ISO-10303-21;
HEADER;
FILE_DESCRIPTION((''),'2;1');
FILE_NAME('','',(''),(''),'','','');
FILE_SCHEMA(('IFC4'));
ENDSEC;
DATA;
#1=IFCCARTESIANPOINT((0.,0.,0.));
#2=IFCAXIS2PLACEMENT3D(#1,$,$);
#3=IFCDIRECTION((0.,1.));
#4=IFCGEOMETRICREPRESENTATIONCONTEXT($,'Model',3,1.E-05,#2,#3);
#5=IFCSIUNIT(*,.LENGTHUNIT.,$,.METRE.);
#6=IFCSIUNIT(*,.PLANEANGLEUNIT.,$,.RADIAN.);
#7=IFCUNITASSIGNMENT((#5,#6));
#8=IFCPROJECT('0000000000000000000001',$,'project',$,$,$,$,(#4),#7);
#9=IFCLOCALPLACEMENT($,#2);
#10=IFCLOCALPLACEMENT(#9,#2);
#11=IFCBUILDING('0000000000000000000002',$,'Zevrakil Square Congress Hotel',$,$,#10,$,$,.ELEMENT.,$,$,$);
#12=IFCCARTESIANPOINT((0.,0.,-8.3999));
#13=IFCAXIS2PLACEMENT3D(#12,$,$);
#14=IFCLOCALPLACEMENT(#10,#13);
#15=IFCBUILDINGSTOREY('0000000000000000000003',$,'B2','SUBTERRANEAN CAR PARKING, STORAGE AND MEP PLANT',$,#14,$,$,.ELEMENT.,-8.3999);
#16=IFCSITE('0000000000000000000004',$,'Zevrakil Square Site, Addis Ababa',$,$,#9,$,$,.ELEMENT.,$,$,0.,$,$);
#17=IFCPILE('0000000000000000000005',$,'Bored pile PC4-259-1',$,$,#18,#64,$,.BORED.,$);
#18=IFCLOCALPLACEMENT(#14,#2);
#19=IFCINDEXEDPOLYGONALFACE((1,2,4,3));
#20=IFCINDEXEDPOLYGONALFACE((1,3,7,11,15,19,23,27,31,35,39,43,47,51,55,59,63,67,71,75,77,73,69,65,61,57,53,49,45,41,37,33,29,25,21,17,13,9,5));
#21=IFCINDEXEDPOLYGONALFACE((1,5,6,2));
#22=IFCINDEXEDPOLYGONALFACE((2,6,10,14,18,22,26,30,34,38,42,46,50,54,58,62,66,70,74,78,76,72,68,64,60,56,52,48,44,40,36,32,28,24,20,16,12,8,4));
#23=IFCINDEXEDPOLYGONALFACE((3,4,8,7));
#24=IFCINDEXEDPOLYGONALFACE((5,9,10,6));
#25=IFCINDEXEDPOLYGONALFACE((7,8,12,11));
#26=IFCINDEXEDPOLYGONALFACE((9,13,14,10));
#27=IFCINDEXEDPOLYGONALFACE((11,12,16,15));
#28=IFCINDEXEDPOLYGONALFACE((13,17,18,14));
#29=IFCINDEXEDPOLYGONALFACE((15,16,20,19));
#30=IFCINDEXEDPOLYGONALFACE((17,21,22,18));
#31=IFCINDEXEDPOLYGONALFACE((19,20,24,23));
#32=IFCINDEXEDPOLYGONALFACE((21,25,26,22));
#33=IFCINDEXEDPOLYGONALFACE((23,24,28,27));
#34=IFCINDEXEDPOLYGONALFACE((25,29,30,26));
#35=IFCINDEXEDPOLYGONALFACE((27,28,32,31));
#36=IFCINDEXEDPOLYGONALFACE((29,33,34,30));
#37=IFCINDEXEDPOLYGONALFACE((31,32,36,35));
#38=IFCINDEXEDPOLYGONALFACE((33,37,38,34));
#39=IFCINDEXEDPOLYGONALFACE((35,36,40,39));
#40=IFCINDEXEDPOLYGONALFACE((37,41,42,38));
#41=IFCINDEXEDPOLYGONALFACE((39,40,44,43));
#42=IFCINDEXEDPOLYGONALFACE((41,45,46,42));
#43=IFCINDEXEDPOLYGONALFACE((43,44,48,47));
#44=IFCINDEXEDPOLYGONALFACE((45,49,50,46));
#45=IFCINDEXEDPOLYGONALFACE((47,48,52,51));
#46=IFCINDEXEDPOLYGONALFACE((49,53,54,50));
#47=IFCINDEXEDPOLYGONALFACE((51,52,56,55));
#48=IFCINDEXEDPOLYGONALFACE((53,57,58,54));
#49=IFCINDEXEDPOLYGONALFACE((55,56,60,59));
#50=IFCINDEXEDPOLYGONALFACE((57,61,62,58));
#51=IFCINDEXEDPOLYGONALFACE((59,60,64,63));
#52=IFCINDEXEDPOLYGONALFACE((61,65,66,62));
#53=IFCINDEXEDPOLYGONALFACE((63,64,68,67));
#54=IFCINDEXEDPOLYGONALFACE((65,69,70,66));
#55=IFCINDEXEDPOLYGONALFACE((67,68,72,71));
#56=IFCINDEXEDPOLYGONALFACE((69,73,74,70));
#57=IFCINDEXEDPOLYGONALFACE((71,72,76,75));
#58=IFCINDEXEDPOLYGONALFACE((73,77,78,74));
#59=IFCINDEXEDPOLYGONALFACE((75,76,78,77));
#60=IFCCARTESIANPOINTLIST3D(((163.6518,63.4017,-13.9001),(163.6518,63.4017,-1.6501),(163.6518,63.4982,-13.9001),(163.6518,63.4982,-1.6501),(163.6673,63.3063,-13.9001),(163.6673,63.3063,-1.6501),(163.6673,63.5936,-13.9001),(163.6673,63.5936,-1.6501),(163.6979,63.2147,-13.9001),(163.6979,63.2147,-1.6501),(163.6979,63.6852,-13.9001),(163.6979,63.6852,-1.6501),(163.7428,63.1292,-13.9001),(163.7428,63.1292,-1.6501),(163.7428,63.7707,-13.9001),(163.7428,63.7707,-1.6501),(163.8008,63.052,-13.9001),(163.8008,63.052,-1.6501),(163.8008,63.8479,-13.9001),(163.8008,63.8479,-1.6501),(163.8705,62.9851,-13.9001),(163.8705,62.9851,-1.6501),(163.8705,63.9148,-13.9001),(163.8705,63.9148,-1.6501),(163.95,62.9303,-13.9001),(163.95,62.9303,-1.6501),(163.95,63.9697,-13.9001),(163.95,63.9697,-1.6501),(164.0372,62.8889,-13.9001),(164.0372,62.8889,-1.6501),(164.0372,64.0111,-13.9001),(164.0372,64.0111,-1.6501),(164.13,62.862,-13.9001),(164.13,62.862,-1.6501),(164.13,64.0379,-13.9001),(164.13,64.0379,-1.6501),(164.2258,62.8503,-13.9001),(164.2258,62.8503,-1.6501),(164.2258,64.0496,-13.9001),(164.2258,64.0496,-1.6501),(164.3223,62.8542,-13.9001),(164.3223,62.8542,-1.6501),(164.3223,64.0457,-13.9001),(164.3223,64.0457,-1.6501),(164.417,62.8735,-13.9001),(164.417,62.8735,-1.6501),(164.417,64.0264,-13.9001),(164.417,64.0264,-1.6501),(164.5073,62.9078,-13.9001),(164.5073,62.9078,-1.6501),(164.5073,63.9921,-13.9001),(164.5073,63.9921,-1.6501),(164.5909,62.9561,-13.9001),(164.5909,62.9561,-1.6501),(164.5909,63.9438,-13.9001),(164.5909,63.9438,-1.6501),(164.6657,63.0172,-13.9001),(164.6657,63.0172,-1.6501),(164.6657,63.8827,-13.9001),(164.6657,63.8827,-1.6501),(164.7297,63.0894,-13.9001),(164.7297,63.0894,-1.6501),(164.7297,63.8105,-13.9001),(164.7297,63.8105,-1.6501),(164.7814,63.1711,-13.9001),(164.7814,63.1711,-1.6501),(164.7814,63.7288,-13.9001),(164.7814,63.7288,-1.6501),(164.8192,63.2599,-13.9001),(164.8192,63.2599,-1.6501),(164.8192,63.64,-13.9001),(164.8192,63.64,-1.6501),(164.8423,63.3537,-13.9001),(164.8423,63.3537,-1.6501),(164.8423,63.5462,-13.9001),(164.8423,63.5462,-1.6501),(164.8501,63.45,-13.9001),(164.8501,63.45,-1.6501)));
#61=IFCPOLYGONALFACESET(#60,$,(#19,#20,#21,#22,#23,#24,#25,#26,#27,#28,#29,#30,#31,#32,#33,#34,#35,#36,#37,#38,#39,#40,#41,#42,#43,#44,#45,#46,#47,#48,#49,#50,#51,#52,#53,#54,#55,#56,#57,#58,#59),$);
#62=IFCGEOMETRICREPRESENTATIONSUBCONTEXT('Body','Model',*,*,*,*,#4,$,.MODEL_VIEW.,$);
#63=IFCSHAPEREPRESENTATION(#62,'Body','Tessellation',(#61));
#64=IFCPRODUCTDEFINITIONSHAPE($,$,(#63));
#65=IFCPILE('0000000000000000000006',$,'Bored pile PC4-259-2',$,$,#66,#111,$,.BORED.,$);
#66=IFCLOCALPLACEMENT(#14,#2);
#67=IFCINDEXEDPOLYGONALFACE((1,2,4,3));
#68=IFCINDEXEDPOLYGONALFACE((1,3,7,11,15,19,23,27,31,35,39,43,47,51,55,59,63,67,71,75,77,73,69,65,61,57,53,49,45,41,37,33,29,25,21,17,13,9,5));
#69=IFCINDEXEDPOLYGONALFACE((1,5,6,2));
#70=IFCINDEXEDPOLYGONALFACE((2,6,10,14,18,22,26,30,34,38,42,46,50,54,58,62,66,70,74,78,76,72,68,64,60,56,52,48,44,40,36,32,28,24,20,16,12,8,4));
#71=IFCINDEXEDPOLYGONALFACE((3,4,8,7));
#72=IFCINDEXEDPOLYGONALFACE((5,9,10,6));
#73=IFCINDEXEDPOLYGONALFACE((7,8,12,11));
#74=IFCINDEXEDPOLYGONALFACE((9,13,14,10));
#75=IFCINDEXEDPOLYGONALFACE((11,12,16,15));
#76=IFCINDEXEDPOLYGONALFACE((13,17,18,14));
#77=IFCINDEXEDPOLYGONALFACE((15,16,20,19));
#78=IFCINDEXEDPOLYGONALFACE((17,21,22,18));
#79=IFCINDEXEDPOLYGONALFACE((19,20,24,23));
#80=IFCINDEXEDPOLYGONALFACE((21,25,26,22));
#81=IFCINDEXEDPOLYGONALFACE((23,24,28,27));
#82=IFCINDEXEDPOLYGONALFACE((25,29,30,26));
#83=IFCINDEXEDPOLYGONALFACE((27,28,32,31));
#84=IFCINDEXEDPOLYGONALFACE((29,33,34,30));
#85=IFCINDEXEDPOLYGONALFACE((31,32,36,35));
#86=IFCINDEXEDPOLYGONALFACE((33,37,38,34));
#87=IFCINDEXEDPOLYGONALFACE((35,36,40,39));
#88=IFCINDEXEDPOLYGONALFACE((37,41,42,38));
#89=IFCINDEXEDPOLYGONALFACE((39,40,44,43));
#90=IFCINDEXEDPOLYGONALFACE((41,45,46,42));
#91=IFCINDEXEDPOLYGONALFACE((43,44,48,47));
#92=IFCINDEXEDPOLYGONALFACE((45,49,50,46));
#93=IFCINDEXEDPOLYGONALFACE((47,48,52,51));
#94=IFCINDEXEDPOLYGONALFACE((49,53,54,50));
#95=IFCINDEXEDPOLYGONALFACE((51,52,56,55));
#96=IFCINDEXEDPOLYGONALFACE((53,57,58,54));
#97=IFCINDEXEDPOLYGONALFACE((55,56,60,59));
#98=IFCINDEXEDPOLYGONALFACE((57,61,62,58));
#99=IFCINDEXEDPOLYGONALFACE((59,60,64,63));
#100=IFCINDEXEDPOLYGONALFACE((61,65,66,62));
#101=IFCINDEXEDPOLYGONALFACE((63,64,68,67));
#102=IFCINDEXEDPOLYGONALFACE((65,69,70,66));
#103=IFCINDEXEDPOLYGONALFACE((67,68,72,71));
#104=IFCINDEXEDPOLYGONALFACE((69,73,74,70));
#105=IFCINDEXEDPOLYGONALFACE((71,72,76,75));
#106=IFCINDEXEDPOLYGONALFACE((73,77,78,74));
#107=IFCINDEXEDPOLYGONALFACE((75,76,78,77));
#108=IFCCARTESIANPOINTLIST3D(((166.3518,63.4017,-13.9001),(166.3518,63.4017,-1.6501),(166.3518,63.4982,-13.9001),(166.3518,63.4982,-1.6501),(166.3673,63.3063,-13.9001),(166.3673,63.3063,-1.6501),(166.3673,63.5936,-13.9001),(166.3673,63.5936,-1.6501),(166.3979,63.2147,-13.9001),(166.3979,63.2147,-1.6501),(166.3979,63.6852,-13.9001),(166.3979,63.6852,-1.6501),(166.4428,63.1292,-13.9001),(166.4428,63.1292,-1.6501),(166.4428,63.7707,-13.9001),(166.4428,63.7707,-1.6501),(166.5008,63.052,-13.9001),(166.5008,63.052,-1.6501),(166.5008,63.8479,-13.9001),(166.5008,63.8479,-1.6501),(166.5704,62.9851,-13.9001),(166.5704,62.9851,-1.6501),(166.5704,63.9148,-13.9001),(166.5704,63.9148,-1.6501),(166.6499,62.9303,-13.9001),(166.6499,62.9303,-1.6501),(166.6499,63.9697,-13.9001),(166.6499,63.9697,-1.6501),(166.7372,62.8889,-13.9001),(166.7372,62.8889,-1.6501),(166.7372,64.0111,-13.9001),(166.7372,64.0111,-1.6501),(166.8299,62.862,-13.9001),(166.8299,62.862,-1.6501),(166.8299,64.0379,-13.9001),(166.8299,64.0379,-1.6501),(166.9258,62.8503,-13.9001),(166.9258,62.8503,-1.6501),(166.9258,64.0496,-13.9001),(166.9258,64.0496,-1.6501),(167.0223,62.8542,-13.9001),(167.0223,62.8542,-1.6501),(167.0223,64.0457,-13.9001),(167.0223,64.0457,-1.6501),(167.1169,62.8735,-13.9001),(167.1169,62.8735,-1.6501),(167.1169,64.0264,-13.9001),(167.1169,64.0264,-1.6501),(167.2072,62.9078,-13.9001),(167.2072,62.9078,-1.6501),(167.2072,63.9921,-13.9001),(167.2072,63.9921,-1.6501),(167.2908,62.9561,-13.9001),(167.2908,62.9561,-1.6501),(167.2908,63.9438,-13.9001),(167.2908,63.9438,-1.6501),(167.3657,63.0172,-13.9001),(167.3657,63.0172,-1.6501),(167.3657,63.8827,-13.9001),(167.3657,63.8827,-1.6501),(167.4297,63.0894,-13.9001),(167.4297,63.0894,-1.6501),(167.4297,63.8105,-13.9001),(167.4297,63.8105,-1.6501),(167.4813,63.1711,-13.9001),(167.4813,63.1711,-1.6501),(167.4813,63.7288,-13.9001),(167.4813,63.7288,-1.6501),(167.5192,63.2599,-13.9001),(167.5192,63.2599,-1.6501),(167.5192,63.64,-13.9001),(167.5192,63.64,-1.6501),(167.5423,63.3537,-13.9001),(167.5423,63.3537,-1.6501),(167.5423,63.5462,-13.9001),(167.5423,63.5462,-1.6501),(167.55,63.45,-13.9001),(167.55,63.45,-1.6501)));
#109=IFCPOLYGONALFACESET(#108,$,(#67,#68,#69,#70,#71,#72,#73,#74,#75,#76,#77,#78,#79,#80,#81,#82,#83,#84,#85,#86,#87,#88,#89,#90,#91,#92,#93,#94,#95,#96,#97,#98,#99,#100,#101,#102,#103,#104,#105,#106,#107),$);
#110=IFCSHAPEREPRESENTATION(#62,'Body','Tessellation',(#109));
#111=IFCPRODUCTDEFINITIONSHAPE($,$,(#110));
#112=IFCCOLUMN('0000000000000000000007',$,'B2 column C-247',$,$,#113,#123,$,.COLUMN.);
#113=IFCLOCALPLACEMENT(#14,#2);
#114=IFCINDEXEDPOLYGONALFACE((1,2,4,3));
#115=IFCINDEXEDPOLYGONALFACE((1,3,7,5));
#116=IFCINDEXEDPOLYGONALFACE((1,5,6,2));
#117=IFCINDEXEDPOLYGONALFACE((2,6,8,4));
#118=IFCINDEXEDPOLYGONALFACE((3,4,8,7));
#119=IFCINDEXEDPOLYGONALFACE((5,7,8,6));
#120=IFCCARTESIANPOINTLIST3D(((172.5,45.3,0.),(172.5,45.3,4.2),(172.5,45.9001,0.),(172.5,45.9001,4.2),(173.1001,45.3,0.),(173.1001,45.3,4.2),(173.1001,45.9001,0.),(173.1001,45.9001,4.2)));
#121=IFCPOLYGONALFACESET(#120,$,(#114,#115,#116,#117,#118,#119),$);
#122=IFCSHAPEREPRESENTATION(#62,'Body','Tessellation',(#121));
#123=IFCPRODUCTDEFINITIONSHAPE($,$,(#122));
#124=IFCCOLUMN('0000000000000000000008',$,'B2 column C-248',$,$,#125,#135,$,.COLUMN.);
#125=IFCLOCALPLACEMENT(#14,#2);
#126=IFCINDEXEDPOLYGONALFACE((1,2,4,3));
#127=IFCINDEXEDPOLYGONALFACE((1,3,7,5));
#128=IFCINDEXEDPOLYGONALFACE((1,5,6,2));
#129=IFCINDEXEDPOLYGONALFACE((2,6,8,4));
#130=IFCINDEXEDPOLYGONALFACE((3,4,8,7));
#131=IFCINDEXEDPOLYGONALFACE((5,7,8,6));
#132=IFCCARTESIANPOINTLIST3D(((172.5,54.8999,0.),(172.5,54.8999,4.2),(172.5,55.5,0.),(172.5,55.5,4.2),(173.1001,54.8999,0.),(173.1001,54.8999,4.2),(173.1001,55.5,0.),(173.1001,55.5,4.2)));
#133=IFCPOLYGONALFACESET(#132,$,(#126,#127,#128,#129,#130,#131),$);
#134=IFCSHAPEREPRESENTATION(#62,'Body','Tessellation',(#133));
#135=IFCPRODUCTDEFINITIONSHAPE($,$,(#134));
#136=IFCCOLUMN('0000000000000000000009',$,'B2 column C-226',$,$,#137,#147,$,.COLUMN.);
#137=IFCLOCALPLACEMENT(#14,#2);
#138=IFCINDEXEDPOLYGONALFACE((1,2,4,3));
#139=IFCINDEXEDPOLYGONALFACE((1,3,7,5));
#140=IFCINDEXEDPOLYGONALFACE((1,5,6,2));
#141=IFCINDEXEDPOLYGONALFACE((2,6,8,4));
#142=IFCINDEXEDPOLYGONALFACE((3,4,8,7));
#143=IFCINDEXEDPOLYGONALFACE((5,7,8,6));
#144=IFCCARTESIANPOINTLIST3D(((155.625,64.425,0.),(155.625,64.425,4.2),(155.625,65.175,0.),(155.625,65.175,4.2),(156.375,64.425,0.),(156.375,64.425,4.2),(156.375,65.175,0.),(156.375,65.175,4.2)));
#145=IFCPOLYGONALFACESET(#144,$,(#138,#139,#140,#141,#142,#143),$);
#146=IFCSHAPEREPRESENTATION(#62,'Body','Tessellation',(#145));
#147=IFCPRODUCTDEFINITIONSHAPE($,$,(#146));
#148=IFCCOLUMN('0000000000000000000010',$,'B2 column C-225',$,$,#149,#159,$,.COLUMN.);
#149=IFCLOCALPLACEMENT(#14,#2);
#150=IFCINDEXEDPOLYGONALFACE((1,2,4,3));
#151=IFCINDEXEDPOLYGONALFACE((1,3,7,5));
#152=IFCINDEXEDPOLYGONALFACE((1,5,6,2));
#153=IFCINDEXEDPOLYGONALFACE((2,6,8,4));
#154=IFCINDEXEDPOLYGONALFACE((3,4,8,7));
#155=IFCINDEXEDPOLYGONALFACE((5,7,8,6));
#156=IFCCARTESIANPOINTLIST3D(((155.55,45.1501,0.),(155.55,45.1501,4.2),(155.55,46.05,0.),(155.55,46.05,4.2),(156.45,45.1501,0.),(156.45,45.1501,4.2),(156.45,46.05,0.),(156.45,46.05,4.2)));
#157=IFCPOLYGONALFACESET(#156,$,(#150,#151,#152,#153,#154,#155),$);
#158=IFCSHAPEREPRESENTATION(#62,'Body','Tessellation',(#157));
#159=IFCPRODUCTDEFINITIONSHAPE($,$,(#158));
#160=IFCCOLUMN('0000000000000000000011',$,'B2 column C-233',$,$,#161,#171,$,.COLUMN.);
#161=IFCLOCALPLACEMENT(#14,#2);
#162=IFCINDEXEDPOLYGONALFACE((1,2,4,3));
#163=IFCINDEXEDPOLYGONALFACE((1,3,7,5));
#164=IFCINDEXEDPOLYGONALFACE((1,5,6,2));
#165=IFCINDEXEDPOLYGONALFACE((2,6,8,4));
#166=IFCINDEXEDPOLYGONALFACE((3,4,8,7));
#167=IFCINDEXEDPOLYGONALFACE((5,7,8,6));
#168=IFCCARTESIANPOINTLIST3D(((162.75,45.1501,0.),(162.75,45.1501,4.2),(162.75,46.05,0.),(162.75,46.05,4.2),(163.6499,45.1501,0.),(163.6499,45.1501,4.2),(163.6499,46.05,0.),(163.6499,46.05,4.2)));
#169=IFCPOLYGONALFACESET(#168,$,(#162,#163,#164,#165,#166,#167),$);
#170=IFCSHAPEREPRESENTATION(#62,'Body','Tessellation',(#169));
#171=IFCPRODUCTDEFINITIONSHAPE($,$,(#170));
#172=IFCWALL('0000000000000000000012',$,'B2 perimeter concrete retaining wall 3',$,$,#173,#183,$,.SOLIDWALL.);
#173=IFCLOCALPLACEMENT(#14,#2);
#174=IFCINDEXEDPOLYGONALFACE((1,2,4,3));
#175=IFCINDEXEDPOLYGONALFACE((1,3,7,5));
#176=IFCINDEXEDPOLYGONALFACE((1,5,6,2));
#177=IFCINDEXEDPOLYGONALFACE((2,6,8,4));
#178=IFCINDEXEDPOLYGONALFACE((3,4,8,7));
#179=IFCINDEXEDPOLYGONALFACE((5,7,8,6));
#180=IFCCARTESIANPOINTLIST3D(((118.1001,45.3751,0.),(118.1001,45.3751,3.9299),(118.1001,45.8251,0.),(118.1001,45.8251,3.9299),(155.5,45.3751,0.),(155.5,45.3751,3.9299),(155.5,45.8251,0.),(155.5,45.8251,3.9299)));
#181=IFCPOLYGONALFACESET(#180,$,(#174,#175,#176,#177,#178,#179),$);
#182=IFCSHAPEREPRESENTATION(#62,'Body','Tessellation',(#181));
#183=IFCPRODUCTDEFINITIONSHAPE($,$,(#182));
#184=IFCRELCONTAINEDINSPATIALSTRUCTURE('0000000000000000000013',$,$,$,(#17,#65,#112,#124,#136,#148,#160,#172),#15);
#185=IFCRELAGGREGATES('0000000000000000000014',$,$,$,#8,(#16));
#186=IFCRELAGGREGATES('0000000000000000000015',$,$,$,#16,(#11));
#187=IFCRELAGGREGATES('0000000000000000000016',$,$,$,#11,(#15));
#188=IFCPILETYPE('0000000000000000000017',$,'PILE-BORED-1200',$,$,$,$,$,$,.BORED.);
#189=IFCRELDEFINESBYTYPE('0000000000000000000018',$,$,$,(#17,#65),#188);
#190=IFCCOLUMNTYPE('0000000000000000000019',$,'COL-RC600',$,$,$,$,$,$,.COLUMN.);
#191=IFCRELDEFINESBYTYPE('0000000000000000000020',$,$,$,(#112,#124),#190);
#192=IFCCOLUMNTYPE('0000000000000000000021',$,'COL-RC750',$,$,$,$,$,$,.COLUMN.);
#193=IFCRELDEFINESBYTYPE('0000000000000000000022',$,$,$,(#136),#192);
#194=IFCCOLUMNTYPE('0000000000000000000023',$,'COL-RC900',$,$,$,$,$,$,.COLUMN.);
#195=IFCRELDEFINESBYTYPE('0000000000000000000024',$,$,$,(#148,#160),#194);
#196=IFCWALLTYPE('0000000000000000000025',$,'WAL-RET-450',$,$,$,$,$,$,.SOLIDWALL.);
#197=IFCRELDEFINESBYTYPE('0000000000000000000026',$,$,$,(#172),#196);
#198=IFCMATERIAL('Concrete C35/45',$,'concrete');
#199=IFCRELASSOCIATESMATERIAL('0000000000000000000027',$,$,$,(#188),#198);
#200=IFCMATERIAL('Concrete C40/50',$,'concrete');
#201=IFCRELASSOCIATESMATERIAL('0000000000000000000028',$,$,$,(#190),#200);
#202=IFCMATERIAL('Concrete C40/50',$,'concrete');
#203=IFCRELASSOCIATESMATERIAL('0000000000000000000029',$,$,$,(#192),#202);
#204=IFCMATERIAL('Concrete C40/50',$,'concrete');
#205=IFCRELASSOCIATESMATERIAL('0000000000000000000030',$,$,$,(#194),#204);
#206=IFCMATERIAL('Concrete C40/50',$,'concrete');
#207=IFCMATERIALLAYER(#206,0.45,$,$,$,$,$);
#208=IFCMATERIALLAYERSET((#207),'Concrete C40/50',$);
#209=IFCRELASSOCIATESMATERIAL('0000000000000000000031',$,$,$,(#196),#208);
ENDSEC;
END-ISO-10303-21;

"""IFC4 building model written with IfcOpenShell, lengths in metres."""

from ifc_helpers import new_model, si_unit, direction, frame, frame_2d, origin, origin_2d, place, context, subcontext, project, spatial, rectangle, circle, extrude, material, layer, layer_set, material_profile, profile_set, type_object, element, save


model = new_model("IFC4")

# Units and contexts
model_context = context("Model", 3, precision=1e-05, world=origin(), true_north=direction((0.0, 1.0)))
body_context = subcontext(model_context, "Body", "Model", "MODEL_VIEW")
ifc_project = project(units=[si_unit("LENGTHUNIT", "METRE"), si_unit("PLANEANGLEUNIT", "RADIAN")], contexts=[model_context])

# Site, building, storey
site_placement = place(None, origin())
site = spatial("IfcSite", under=ifc_project, at=site_placement, Name="Zevrakil Square Site, Addis Ababa", CompositionType="ELEMENT", RefElevation=0.0)
building_placement = place(site_placement, origin())
building = spatial("IfcBuilding", under=site, at=building_placement, Name="Zevrakil Square Congress Hotel", CompositionType="ELEMENT")
storey_placement = place(building_placement, frame((0.0, 0.0, -8.3999)))
storey = spatial("IfcBuildingStorey", under=building, at=storey_placement, Name="B2", Description="SUBTERRANEAN CAR PARKING, STORAGE AND MEP PLANT", CompositionType="ELEMENT", Elevation=-8.3999)

# Piles
ifc_material_1 = material(Name="Concrete C35/45", Category="concrete")
ifc_material_profile_1 = material_profile(ifc_material_1, circle(Radius=0.6001, at=origin_2d()), Name="PILE D1200")
ifc_profile_set_1 = profile_set([ifc_material_profile_1], Name="Concrete C35/45")
pile_type_1 = type_object("IfcPileType", Name="PILE-BORED-1200", PredefinedType="BORED", material=ifc_profile_set_1)
for number, where, z_axis, x_axis, name in (
    (1, (164.25, 63.45, -1.6501), (0.0, 0.0, -1.0), (1.0, 0.0, 0.0), "Bored pile PC4-259-1"),
    (2, (166.95, 63.45, -1.6501), (0.0, 0.0, -1.0), (1.0, 0.0, 0.0), "Bored pile PC4-259-2"),
):
    element("IfcPile", number, at=place(storey_placement, frame(where, z_axis=z_axis, x_axis=x_axis)), inside=storey, type_object=pile_type_1, Name=name, PredefinedType="BORED", context=body_context, shape_type="SweptSolid", body=[
        extrude(circle(Radius=0.6001, at=origin_2d()), origin(), (0.0, 0.0, 1.0), 12.25),
    ])

# Columns
ifc_material_2 = material(Name="Concrete C40/50", Category="concrete")
ifc_material_profile_2 = material_profile(ifc_material_2, rectangle(XDim=0.6001, YDim=0.6001, at=origin_2d()), Name="RC 600x600")
ifc_profile_set_2 = profile_set([ifc_material_profile_2], Name="Concrete C40/50")
column_type_1 = type_object("IfcColumnType", Name="COL-RC600", PredefinedType="COLUMN", material=ifc_profile_set_2)
for number, where, z_axis, x_axis, name in (
    (3, (172.8, 45.6001, 0.0), (0.0, 0.0, 1.0), (1.0, 0.0, 0.0), "B2 column C-247"),
    (4, (172.8, 55.2, 0.0), (0.0, 0.0, 1.0), (1.0, 0.0, 0.0), "B2 column C-248"),
):
    element("IfcColumn", number, at=place(storey_placement, frame(where, z_axis=z_axis, x_axis=x_axis)), inside=storey, type_object=column_type_1, Name=name, PredefinedType="COLUMN", context=body_context, shape_type="SweptSolid", body=[
        extrude(rectangle(XDim=0.6001, YDim=0.6001, at=origin_2d()), origin(), (0.0, 0.0, 1.0), 4.2),
    ])
ifc_material_3 = material(Name="Concrete C40/50", Category="concrete")
ifc_material_profile_3 = material_profile(ifc_material_3, rectangle(XDim=0.75, YDim=0.75, at=origin_2d()), Name="RC 750x750")
ifc_profile_set_3 = profile_set([ifc_material_profile_3], Name="Concrete C40/50")
column_type_2 = type_object("IfcColumnType", Name="COL-RC750", PredefinedType="COLUMN", material=ifc_profile_set_3)
column_placement = place(storey_placement, frame((156.0, 64.8, 0.0), z_axis=(0.0, 0.0, 1.0), x_axis=(1.0, 0.0, 0.0)))
element("IfcColumn", 5, at=column_placement, inside=storey, type_object=column_type_2, Name="B2 column C-226", PredefinedType="COLUMN", context=body_context, shape_type="SweptSolid", body=[
    extrude(rectangle(XDim=0.75, YDim=0.75, at=origin_2d()), origin(), (0.0, 0.0, 1.0), 4.2),
])
ifc_material_4 = material(Name="Concrete C40/50", Category="concrete")
ifc_material_profile_4 = material_profile(ifc_material_4, rectangle(XDim=0.8999, YDim=0.8999, at=origin_2d()), Name="RC 900x900")
ifc_profile_set_4 = profile_set([ifc_material_profile_4], Name="Concrete C40/50")
column_type_3 = type_object("IfcColumnType", Name="COL-RC900", PredefinedType="COLUMN", material=ifc_profile_set_4)
for number, where, z_axis, x_axis, name in (
    (6, (156.0, 45.6001, 0.0), (0.0, 0.0, 1.0), (1.0, 0.0, 0.0), "B2 column C-225"),
    (7, (163.2, 45.6001, 0.0), (0.0, 0.0, 1.0), (1.0, 0.0, 0.0), "B2 column C-233"),
):
    element("IfcColumn", number, at=place(storey_placement, frame(where, z_axis=z_axis, x_axis=x_axis)), inside=storey, type_object=column_type_3, Name=name, PredefinedType="COLUMN", context=body_context, shape_type="SweptSolid", body=[
        extrude(rectangle(XDim=0.8999, YDim=0.8999, at=origin_2d()), origin(), (0.0, 0.0, 1.0), 4.2),
    ])

# Wall
ifc_material_5 = material(Name="Concrete C40/50", Category="concrete")
ifc_layer = layer(ifc_material_5, 0.45)
ifc_layer_set = layer_set([ifc_layer], Name="Concrete C40/50")
wall_type = type_object("IfcWallType", Name="WAL-RET-450", PredefinedType="SOLIDWALL", material=ifc_layer_set)
wall_placement = place(storey_placement, frame((155.5, 45.6001, 0.0), z_axis=(0.0, 0.0, 1.0), x_axis=(-1.0, 0.0, 0.0)))
element("IfcWall", 8, at=wall_placement, inside=storey, type_object=wall_type, Name="B2 perimeter concrete retaining wall 3", PredefinedType="SOLIDWALL", context=body_context, shape_type="SweptSolid", body=[
    extrude(rectangle(XDim=37.3999, YDim=0.45, at=frame_2d((18.7, 0.0))), origin(), (0.0, 0.0, 1.0), 3.9299),
])

save(model, "model.ifc")
